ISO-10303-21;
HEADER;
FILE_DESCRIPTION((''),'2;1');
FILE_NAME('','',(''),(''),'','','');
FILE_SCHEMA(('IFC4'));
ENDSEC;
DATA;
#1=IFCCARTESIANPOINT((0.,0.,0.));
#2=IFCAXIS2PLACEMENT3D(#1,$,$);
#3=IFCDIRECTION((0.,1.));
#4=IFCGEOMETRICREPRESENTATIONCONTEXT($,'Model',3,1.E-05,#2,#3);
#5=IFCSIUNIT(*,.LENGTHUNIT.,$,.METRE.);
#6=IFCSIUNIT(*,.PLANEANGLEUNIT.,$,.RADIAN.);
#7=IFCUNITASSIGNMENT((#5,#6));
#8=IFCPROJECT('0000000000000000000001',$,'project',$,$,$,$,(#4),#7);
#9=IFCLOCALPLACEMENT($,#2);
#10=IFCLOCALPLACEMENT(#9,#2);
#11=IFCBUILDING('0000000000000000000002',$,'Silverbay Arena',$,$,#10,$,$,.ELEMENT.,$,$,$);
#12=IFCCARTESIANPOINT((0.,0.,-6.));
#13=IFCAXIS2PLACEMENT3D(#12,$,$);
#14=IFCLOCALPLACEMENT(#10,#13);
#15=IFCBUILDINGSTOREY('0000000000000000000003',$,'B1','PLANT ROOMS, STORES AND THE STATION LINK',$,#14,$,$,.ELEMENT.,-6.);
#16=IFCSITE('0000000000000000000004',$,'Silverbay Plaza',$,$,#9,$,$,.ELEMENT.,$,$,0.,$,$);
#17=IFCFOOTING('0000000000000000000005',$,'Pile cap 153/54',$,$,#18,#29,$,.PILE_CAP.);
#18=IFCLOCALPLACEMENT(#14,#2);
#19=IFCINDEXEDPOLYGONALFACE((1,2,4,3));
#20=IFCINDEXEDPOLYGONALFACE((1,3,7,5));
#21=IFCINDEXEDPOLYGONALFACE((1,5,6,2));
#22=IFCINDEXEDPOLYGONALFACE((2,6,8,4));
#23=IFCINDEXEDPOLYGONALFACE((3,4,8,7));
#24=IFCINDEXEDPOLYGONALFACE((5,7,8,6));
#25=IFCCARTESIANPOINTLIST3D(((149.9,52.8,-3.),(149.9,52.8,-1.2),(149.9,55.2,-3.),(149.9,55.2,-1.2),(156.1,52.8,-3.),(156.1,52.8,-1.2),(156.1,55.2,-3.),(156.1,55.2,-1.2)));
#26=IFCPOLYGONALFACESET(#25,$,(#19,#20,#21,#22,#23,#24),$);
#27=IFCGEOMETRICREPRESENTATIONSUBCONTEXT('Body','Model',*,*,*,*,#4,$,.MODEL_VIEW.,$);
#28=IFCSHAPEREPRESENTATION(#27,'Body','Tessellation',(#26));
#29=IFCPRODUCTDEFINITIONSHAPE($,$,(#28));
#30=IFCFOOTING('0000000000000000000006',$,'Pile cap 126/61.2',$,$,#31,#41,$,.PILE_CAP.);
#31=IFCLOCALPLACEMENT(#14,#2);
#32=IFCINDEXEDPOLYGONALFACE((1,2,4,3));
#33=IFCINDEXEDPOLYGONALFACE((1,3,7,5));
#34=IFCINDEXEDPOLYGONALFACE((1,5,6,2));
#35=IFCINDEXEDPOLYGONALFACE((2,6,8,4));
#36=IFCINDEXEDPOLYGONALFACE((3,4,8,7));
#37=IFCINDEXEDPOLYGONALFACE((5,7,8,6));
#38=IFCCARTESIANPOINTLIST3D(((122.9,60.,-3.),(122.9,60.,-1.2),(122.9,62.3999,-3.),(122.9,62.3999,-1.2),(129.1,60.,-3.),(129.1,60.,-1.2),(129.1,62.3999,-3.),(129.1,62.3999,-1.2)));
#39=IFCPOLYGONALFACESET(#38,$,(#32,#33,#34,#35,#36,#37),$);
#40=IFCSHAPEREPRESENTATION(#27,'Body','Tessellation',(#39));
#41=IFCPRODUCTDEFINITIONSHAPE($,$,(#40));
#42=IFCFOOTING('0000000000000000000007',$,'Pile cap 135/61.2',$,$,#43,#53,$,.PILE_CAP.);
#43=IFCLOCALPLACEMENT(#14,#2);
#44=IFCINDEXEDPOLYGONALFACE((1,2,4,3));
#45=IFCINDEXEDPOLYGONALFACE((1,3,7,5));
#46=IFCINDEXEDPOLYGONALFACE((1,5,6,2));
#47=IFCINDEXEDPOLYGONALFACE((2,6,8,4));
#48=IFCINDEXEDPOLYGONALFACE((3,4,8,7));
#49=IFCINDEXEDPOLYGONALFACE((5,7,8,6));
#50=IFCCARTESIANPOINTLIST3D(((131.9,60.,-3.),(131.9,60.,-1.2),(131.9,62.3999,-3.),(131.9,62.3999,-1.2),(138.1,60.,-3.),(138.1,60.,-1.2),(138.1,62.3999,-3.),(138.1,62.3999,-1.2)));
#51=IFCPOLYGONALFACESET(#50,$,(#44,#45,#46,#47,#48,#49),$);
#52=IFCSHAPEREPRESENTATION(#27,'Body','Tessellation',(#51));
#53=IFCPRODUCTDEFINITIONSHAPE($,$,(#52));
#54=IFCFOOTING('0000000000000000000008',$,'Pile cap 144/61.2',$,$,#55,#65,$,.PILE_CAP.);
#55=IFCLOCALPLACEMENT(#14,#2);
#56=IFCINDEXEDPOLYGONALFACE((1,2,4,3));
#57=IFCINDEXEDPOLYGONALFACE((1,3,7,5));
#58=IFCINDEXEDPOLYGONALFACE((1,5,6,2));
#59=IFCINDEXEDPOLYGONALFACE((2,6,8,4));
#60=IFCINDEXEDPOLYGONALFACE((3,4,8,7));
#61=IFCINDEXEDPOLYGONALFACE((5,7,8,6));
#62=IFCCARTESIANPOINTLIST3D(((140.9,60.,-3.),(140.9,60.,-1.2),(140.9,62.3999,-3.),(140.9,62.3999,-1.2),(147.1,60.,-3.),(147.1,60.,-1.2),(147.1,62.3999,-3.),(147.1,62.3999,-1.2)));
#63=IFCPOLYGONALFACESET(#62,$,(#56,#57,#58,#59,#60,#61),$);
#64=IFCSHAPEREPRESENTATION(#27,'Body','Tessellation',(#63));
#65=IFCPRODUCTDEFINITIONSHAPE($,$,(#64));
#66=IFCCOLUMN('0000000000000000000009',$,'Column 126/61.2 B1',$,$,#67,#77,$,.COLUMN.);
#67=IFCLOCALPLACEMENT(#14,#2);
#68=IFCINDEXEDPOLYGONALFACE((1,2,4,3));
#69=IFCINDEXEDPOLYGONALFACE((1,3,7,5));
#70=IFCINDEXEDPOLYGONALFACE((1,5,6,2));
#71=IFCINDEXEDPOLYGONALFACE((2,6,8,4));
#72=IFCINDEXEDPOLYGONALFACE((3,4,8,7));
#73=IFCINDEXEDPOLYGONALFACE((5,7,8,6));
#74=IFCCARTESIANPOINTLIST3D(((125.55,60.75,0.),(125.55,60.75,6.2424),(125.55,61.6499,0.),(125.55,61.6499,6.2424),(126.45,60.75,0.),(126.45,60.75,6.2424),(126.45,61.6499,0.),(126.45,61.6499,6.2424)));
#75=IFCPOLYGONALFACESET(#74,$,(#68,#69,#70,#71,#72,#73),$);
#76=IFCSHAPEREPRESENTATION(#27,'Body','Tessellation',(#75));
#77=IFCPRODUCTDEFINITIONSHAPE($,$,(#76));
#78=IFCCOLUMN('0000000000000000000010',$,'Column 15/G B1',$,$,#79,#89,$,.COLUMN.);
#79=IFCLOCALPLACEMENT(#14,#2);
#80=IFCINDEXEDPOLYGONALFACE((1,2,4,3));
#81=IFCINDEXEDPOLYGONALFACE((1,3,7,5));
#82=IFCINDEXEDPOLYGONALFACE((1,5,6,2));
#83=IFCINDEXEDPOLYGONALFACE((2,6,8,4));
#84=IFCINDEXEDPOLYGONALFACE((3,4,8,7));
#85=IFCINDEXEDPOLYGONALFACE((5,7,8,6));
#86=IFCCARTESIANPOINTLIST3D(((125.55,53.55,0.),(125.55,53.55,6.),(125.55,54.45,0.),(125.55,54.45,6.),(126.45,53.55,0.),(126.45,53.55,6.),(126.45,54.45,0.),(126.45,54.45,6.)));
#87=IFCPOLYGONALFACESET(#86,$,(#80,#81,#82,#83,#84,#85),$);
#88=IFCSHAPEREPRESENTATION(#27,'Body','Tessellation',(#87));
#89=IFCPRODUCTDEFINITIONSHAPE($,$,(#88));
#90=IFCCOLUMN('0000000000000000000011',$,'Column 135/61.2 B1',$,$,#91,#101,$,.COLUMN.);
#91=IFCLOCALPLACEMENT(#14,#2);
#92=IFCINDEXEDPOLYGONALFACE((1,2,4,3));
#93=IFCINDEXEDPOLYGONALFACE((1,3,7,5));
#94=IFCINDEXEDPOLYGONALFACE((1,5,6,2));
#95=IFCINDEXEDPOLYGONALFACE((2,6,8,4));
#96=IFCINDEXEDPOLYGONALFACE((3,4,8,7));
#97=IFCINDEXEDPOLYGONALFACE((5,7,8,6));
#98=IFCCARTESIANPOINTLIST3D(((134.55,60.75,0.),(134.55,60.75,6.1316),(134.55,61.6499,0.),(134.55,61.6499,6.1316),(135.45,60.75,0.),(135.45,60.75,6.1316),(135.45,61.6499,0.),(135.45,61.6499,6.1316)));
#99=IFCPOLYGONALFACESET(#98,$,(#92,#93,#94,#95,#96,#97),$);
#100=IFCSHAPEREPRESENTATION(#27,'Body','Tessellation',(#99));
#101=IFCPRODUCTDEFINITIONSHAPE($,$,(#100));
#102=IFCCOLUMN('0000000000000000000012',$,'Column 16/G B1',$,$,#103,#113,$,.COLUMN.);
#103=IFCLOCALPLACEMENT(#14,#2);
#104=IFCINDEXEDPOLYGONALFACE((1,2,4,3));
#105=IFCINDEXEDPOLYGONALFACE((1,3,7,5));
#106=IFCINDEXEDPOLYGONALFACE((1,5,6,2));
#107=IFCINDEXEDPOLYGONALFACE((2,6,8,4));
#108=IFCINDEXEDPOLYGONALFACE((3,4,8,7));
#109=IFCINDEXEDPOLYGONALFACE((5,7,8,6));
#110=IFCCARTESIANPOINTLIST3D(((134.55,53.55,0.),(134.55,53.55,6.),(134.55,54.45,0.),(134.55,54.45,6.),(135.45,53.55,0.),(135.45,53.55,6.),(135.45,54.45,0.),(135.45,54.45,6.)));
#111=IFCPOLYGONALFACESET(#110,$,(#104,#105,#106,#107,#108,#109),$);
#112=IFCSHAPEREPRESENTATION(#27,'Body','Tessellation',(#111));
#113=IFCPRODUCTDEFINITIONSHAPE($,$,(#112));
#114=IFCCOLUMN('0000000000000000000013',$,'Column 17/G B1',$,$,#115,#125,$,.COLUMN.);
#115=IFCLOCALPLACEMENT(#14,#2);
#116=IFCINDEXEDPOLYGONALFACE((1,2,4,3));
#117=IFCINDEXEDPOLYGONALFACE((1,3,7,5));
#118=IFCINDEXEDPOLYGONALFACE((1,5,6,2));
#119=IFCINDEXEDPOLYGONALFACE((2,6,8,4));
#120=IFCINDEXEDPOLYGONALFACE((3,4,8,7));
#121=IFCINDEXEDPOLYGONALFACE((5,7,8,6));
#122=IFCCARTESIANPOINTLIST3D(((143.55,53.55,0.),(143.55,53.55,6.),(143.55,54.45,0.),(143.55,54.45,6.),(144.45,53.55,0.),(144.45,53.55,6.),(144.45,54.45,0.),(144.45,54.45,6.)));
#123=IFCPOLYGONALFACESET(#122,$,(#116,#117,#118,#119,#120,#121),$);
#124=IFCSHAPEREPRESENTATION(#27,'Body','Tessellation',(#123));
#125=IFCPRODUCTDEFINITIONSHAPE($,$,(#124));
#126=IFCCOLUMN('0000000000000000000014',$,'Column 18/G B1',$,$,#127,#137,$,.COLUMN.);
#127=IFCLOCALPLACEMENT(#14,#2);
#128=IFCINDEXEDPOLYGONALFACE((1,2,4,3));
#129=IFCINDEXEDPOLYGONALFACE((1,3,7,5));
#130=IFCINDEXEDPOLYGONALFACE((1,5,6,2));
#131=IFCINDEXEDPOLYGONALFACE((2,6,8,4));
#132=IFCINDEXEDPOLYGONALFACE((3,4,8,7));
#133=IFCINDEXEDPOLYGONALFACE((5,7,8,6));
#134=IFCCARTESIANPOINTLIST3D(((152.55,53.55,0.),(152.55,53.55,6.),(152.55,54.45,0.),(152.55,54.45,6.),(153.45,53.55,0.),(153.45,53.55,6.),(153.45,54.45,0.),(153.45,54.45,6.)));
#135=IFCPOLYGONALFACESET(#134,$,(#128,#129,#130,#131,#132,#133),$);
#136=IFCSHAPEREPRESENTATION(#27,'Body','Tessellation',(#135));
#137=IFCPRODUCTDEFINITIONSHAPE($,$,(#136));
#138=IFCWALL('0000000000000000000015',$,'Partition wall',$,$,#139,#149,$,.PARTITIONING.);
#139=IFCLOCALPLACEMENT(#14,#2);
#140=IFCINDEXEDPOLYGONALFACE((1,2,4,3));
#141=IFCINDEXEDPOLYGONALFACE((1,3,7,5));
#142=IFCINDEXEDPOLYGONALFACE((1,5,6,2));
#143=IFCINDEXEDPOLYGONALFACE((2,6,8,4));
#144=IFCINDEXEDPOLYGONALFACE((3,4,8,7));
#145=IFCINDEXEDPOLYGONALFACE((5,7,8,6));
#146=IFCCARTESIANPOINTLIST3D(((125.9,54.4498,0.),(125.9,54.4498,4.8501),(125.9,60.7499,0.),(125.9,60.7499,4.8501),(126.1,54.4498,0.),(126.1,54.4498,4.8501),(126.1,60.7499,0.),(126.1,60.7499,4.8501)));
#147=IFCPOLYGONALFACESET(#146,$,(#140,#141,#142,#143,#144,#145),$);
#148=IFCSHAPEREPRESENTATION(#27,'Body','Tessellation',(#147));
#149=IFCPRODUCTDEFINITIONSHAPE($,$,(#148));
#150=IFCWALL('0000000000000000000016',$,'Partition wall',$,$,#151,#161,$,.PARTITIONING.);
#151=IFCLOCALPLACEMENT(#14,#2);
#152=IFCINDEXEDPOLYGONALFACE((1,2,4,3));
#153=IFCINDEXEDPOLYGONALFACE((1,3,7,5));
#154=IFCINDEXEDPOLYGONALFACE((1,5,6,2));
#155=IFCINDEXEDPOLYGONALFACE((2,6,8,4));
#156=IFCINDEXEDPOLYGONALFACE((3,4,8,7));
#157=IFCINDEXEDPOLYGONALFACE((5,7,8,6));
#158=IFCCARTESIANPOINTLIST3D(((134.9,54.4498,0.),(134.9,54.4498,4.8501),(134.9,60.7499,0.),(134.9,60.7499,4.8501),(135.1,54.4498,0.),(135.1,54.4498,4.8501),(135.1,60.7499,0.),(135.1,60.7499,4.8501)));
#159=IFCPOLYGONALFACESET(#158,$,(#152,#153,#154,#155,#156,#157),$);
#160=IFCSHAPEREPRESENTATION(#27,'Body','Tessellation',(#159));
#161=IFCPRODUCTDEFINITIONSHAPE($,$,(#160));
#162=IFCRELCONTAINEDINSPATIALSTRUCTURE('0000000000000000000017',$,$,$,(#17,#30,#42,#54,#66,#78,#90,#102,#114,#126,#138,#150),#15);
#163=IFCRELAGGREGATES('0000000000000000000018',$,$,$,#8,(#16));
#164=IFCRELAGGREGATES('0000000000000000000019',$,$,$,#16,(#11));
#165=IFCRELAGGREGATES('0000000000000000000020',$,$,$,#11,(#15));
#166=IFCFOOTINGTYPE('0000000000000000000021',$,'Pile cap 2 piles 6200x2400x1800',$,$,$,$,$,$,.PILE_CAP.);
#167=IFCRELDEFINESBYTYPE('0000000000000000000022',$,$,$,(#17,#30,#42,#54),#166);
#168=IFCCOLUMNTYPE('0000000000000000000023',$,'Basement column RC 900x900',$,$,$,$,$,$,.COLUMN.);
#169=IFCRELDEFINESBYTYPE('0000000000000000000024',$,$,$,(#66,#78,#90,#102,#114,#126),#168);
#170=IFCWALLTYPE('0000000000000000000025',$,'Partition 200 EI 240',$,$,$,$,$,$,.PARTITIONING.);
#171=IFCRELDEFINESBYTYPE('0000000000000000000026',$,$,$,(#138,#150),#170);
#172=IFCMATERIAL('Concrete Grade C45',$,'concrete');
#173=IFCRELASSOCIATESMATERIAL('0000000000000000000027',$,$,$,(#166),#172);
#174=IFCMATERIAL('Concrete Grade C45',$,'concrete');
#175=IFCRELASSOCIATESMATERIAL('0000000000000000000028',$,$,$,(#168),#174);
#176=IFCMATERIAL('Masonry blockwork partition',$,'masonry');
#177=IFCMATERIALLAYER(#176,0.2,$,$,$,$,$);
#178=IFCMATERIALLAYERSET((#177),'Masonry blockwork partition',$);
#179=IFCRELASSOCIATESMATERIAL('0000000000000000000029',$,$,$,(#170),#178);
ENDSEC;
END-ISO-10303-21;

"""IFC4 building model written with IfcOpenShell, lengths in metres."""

from ifc_helpers import new_model, si_unit, direction, frame, frame_2d, origin, origin_2d, place, context, subcontext, project, spatial, rectangle, extrude, material, layer, layer_set, material_profile, profile_set, type_object, element, save


model = new_model("IFC4")

# Units and contexts
model_context = context("Model", 3, precision=1e-05, world=origin(), true_north=direction((0.0, 1.0)))
body_context = subcontext(model_context, "Body", "Model", "MODEL_VIEW")
ifc_project = project(units=[si_unit("LENGTHUNIT", "METRE"), si_unit("PLANEANGLEUNIT", "RADIAN")], contexts=[model_context])

# Site, building, storey
site_placement = place(None, origin())
site = spatial("IfcSite", under=ifc_project, at=site_placement, Name="Silverbay Plaza", CompositionType="ELEMENT", RefElevation=0.0)
building_placement = place(site_placement, origin())
building = spatial("IfcBuilding", under=site, at=building_placement, Name="Silverbay Arena", CompositionType="ELEMENT")
storey_placement = place(building_placement, frame((0.0, 0.0, -6.0)))
storey = spatial("IfcBuildingStorey", under=building, at=storey_placement, Name="B1", Description="PLANT ROOMS, STORES AND THE STATION LINK", CompositionType="ELEMENT", Elevation=-6.0)

# Footings
ifc_material_1 = material(Name="Concrete Grade C45", Category="concrete")
footing_type = type_object("IfcFootingType", Name="Pile cap 2 piles 6200x2400x1800", PredefinedType="PILE_CAP", material=ifc_material_1)
for number, where, z_axis, x_axis, name in (
    (1, (153.0, 54.0, -3.0), (0.0, 0.0, 1.0), (1.0, 0.0, 0.0), "Pile cap 153/54"),
    (2, (126.0, 61.2, -3.0), (0.0, 0.0, 1.0), (1.0, 0.0, 0.0), "Pile cap 126/61.2"),
    (3, (135.0, 61.2, -3.0), (0.0, 0.0, 1.0), (1.0, 0.0, 0.0), "Pile cap 135/61.2"),
    (4, (144.0, 61.2, -3.0), (0.0, 0.0, 1.0), (1.0, 0.0, 0.0), "Pile cap 144/61.2"),
):
    element("IfcFooting", number, at=place(storey_placement, frame(where, z_axis=z_axis, x_axis=x_axis)), inside=storey, type_object=footing_type, Name=name, PredefinedType="PILE_CAP", context=body_context, shape_type="SweptSolid", body=[
        extrude(rectangle(XDim=6.2, YDim=2.3999, at=origin_2d()), origin(), (0.0, 0.0, 1.0), 1.8),
    ])

# Columns
ifc_material_2 = material(Name="Concrete Grade C45", Category="concrete")
ifc_material_profile_1 = material_profile(ifc_material_2, rectangle(XDim=0.8999, YDim=0.8999, at=origin_2d()), Name="RC 900x900")
ifc_profile_set_1 = profile_set([ifc_material_profile_1], Name="Concrete Grade C45")
column_type = type_object("IfcColumnType", Name="Basement column RC 900x900", PredefinedType="COLUMN", material=ifc_profile_set_1)
column_1_placement = place(storey_placement, frame((126.0, 61.2, 0.0), z_axis=(0.0, 0.0, 1.0), x_axis=(1.0, 0.0, 0.0)))
element("IfcColumn", 5, at=column_1_placement, inside=storey, type_object=column_type, Name="Column 126/61.2 B1", PredefinedType="COLUMN", context=body_context, shape_type="SweptSolid", body=[
    extrude(rectangle(XDim=0.8999, YDim=0.8999, at=origin_2d()), origin(), (0.0, 0.0, 1.0), 6.2424),
])
column_2_placement = place(storey_placement, frame((126.0, 54.0, 0.0), z_axis=(0.0, 0.0, 1.0), x_axis=(1.0, 0.0, 0.0)))
element("IfcColumn", 6, at=column_2_placement, inside=storey, type_object=column_type, Name="Column 15/G B1", PredefinedType="COLUMN", context=body_context, shape_type="SweptSolid", body=[
    extrude(rectangle(XDim=0.8999, YDim=0.8999, at=origin_2d()), origin(), (0.0, 0.0, 1.0), 6.0),
])
column_3_placement = place(storey_placement, frame((135.0, 61.2, 0.0), z_axis=(0.0, 0.0, 1.0), x_axis=(1.0, 0.0, 0.0)))
element("IfcColumn", 7, at=column_3_placement, inside=storey, type_object=column_type, Name="Column 135/61.2 B1", PredefinedType="COLUMN", context=body_context, shape_type="SweptSolid", body=[
    extrude(rectangle(XDim=0.8999, YDim=0.8999, at=origin_2d()), origin(), (0.0, 0.0, 1.0), 6.1316),
])
for number, where, z_axis, x_axis, name in (
    (8, (135.0, 54.0, 0.0), (0.0, 0.0, 1.0), (1.0, 0.0, 0.0), "Column 16/G B1"),
    (9, (144.0, 54.0, 0.0), (0.0, 0.0, 1.0), (1.0, 0.0, 0.0), "Column 17/G B1"),
    (10, (153.0, 54.0, 0.0), (0.0, 0.0, 1.0), (1.0, 0.0, 0.0), "Column 18/G B1"),
):
    element("IfcColumn", number, at=place(storey_placement, frame(where, z_axis=z_axis, x_axis=x_axis)), inside=storey, type_object=column_type, Name=name, PredefinedType="COLUMN", context=body_context, shape_type="SweptSolid", body=[
        extrude(rectangle(XDim=0.8999, YDim=0.8999, at=origin_2d()), origin(), (0.0, 0.0, 1.0), 6.0),
    ])

# Walls
ifc_material_3 = material(Name="Masonry blockwork partition", Category="masonry")
ifc_layer = layer(ifc_material_3, 0.2)
ifc_layer_set = layer_set([ifc_layer], Name="Masonry blockwork partition")
wall_type = type_object("IfcWallType", Name="Partition 200 EI 240", PredefinedType="PARTITIONING", material=ifc_layer_set)
for number, where, z_axis, x_axis, name in (
    (11, (126.0, 54.45, 0.0), (0.0, 0.0, 1.0), (0.0, 1.0, 0.0), "Partition wall"),
    (12, (135.0, 54.45, 0.0), (0.0, 0.0, 1.0), (0.0, 1.0, 0.0), "Partition wall"),
):
    element("IfcWall", number, at=place(storey_placement, frame(where, z_axis=z_axis, x_axis=x_axis)), inside=storey, type_object=wall_type, Name=name, PredefinedType="PARTITIONING", context=body_context, shape_type="SweptSolid", body=[
        extrude(rectangle(XDim=6.3, YDim=0.2, at=frame_2d((3.1499, 0.0))), origin(), (0.0, 0.0, 1.0), 4.8501),
    ])

save(model, "model.ifc")
